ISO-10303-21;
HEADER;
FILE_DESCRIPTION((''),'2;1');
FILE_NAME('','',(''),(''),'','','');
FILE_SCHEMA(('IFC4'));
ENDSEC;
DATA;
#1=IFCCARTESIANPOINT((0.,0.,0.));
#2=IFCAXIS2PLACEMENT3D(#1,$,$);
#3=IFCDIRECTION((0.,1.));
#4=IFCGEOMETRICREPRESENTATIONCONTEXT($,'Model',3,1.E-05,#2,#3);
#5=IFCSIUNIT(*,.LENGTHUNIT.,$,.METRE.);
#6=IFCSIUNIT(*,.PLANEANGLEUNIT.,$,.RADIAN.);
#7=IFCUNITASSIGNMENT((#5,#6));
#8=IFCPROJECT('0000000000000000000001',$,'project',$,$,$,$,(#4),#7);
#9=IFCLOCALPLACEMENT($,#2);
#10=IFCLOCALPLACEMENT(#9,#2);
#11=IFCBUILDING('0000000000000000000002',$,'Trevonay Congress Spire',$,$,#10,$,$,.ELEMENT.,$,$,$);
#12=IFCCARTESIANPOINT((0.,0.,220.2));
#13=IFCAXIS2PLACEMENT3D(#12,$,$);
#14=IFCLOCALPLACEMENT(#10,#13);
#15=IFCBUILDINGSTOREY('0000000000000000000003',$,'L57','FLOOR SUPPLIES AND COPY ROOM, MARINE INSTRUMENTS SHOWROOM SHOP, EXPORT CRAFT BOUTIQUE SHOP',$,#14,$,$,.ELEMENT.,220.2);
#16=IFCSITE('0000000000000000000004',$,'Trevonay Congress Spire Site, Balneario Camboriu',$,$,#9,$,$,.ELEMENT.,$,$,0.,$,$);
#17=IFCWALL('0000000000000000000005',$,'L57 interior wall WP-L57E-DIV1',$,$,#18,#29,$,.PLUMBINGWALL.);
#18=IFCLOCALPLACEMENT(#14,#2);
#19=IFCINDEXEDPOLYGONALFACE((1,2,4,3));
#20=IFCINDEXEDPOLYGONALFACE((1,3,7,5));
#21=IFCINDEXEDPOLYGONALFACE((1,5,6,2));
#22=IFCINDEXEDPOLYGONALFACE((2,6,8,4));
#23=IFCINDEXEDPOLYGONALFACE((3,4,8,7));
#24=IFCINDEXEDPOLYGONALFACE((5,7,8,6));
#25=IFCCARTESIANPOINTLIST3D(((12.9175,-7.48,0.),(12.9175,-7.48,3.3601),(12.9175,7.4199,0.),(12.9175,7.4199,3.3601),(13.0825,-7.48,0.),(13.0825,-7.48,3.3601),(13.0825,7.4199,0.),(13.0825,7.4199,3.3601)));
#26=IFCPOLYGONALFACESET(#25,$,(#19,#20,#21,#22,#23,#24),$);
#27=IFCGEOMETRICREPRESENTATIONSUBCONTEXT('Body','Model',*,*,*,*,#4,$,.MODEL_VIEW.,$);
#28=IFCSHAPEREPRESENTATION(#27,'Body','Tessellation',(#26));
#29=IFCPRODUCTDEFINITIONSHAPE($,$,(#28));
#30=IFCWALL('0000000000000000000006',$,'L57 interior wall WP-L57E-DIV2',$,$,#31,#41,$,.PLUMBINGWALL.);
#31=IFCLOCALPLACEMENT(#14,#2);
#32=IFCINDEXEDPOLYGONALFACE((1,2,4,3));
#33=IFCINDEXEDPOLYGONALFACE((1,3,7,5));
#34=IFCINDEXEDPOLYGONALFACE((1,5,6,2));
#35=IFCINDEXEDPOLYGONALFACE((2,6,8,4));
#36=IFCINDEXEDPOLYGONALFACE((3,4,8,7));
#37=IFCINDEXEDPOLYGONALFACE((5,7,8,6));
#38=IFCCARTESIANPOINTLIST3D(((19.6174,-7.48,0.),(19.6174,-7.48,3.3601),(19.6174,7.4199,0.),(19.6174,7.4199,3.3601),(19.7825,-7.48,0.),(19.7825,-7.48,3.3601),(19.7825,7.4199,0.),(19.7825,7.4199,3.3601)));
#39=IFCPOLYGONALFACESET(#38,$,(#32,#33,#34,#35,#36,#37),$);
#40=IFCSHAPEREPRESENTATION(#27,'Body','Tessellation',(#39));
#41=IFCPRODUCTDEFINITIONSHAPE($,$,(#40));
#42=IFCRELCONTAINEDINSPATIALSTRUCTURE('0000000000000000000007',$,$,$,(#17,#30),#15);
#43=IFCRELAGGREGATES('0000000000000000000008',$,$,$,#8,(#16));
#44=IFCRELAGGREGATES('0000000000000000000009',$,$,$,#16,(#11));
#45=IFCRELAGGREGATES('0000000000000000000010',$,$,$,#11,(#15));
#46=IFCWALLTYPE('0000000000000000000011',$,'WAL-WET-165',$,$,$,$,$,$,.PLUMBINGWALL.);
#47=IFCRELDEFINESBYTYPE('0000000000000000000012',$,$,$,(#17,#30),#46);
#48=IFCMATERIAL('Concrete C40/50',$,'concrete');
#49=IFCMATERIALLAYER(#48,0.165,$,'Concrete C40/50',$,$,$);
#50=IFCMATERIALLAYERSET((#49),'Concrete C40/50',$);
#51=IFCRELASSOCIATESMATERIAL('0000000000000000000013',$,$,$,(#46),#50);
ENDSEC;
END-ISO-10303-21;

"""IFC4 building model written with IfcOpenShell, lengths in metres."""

from ifc_helpers import new_model, si_unit, direction, frame, frame_2d, origin, place, context, subcontext, project, spatial, rectangle, extrude, material, layer, layer_set, type_object, element, save


model = new_model("IFC4")

# Units and contexts
model_context = context("Model", 3, precision=1e-05, world=origin(), true_north=direction((0.0, 1.0)))
body_context = subcontext(model_context, "Body", "Model", "MODEL_VIEW")
ifc_project = project(units=[si_unit("LENGTHUNIT", "METRE"), si_unit("PLANEANGLEUNIT", "RADIAN")], contexts=[model_context])

# Site, building, storey
site_placement = place(None, origin())
site = spatial("IfcSite", under=ifc_project, at=site_placement, Name="Trevonay Congress Spire Site, Balneario Camboriu", CompositionType="ELEMENT", RefElevation=0.0)
building_placement = place(site_placement, origin())
building = spatial("IfcBuilding", under=site, at=building_placement, Name="Trevonay Congress Spire", CompositionType="ELEMENT")
storey_placement = place(building_placement, frame((0.0, 0.0, 220.2)))
storey = spatial("IfcBuildingStorey", under=building, at=storey_placement, Name="L57", Description="FLOOR SUPPLIES AND COPY ROOM, MARINE INSTRUMENTS SHOWROOM SHOP, EXPORT CRAFT BOUTIQUE SHOP", CompositionType="ELEMENT", Elevation=220.2)

# Shared definitions
ifc_material_1 = material(Name="Concrete C40/50", Category="concrete")

# Walls
ifc_layer_1 = layer(ifc_material_1, 0.165, Name="Concrete C40/50")
ifc_layer_set_1 = layer_set([ifc_layer_1], Name="Concrete C40/50")
wall_type_1 = type_object("IfcWallType", Name="WAL-WET-165", PredefinedType="PLUMBINGWALL", material=ifc_layer_set_1)
for number, where, z_axis, x_axis, name in (
    (1, (13.0, -7.48, 0.0), (0.0, 0.0, 1.0), (0.0, 1.0, 0.0), "L57 interior wall WP-L57E-DIV1"),
    (2, (19.7, -7.48, 0.0), (0.0, 0.0, 1.0), (0.0, 1.0, 0.0), "L57 interior wall WP-L57E-DIV2"),
):
    element("IfcWall", number, at=place(storey_placement, frame(where, z_axis=z_axis, x_axis=x_axis)), inside=storey, type_object=wall_type_1, Name=name, PredefinedType="PLUMBINGWALL", context=body_context, shape_type="SweptSolid", body=[
        extrude(rectangle(XDim=14.8999, YDim=0.165, at=frame_2d((7.45, 0.0))), origin(), (0.0, 0.0, 1.0), 3.3601),
    ])

save(model, "model.ifc")
